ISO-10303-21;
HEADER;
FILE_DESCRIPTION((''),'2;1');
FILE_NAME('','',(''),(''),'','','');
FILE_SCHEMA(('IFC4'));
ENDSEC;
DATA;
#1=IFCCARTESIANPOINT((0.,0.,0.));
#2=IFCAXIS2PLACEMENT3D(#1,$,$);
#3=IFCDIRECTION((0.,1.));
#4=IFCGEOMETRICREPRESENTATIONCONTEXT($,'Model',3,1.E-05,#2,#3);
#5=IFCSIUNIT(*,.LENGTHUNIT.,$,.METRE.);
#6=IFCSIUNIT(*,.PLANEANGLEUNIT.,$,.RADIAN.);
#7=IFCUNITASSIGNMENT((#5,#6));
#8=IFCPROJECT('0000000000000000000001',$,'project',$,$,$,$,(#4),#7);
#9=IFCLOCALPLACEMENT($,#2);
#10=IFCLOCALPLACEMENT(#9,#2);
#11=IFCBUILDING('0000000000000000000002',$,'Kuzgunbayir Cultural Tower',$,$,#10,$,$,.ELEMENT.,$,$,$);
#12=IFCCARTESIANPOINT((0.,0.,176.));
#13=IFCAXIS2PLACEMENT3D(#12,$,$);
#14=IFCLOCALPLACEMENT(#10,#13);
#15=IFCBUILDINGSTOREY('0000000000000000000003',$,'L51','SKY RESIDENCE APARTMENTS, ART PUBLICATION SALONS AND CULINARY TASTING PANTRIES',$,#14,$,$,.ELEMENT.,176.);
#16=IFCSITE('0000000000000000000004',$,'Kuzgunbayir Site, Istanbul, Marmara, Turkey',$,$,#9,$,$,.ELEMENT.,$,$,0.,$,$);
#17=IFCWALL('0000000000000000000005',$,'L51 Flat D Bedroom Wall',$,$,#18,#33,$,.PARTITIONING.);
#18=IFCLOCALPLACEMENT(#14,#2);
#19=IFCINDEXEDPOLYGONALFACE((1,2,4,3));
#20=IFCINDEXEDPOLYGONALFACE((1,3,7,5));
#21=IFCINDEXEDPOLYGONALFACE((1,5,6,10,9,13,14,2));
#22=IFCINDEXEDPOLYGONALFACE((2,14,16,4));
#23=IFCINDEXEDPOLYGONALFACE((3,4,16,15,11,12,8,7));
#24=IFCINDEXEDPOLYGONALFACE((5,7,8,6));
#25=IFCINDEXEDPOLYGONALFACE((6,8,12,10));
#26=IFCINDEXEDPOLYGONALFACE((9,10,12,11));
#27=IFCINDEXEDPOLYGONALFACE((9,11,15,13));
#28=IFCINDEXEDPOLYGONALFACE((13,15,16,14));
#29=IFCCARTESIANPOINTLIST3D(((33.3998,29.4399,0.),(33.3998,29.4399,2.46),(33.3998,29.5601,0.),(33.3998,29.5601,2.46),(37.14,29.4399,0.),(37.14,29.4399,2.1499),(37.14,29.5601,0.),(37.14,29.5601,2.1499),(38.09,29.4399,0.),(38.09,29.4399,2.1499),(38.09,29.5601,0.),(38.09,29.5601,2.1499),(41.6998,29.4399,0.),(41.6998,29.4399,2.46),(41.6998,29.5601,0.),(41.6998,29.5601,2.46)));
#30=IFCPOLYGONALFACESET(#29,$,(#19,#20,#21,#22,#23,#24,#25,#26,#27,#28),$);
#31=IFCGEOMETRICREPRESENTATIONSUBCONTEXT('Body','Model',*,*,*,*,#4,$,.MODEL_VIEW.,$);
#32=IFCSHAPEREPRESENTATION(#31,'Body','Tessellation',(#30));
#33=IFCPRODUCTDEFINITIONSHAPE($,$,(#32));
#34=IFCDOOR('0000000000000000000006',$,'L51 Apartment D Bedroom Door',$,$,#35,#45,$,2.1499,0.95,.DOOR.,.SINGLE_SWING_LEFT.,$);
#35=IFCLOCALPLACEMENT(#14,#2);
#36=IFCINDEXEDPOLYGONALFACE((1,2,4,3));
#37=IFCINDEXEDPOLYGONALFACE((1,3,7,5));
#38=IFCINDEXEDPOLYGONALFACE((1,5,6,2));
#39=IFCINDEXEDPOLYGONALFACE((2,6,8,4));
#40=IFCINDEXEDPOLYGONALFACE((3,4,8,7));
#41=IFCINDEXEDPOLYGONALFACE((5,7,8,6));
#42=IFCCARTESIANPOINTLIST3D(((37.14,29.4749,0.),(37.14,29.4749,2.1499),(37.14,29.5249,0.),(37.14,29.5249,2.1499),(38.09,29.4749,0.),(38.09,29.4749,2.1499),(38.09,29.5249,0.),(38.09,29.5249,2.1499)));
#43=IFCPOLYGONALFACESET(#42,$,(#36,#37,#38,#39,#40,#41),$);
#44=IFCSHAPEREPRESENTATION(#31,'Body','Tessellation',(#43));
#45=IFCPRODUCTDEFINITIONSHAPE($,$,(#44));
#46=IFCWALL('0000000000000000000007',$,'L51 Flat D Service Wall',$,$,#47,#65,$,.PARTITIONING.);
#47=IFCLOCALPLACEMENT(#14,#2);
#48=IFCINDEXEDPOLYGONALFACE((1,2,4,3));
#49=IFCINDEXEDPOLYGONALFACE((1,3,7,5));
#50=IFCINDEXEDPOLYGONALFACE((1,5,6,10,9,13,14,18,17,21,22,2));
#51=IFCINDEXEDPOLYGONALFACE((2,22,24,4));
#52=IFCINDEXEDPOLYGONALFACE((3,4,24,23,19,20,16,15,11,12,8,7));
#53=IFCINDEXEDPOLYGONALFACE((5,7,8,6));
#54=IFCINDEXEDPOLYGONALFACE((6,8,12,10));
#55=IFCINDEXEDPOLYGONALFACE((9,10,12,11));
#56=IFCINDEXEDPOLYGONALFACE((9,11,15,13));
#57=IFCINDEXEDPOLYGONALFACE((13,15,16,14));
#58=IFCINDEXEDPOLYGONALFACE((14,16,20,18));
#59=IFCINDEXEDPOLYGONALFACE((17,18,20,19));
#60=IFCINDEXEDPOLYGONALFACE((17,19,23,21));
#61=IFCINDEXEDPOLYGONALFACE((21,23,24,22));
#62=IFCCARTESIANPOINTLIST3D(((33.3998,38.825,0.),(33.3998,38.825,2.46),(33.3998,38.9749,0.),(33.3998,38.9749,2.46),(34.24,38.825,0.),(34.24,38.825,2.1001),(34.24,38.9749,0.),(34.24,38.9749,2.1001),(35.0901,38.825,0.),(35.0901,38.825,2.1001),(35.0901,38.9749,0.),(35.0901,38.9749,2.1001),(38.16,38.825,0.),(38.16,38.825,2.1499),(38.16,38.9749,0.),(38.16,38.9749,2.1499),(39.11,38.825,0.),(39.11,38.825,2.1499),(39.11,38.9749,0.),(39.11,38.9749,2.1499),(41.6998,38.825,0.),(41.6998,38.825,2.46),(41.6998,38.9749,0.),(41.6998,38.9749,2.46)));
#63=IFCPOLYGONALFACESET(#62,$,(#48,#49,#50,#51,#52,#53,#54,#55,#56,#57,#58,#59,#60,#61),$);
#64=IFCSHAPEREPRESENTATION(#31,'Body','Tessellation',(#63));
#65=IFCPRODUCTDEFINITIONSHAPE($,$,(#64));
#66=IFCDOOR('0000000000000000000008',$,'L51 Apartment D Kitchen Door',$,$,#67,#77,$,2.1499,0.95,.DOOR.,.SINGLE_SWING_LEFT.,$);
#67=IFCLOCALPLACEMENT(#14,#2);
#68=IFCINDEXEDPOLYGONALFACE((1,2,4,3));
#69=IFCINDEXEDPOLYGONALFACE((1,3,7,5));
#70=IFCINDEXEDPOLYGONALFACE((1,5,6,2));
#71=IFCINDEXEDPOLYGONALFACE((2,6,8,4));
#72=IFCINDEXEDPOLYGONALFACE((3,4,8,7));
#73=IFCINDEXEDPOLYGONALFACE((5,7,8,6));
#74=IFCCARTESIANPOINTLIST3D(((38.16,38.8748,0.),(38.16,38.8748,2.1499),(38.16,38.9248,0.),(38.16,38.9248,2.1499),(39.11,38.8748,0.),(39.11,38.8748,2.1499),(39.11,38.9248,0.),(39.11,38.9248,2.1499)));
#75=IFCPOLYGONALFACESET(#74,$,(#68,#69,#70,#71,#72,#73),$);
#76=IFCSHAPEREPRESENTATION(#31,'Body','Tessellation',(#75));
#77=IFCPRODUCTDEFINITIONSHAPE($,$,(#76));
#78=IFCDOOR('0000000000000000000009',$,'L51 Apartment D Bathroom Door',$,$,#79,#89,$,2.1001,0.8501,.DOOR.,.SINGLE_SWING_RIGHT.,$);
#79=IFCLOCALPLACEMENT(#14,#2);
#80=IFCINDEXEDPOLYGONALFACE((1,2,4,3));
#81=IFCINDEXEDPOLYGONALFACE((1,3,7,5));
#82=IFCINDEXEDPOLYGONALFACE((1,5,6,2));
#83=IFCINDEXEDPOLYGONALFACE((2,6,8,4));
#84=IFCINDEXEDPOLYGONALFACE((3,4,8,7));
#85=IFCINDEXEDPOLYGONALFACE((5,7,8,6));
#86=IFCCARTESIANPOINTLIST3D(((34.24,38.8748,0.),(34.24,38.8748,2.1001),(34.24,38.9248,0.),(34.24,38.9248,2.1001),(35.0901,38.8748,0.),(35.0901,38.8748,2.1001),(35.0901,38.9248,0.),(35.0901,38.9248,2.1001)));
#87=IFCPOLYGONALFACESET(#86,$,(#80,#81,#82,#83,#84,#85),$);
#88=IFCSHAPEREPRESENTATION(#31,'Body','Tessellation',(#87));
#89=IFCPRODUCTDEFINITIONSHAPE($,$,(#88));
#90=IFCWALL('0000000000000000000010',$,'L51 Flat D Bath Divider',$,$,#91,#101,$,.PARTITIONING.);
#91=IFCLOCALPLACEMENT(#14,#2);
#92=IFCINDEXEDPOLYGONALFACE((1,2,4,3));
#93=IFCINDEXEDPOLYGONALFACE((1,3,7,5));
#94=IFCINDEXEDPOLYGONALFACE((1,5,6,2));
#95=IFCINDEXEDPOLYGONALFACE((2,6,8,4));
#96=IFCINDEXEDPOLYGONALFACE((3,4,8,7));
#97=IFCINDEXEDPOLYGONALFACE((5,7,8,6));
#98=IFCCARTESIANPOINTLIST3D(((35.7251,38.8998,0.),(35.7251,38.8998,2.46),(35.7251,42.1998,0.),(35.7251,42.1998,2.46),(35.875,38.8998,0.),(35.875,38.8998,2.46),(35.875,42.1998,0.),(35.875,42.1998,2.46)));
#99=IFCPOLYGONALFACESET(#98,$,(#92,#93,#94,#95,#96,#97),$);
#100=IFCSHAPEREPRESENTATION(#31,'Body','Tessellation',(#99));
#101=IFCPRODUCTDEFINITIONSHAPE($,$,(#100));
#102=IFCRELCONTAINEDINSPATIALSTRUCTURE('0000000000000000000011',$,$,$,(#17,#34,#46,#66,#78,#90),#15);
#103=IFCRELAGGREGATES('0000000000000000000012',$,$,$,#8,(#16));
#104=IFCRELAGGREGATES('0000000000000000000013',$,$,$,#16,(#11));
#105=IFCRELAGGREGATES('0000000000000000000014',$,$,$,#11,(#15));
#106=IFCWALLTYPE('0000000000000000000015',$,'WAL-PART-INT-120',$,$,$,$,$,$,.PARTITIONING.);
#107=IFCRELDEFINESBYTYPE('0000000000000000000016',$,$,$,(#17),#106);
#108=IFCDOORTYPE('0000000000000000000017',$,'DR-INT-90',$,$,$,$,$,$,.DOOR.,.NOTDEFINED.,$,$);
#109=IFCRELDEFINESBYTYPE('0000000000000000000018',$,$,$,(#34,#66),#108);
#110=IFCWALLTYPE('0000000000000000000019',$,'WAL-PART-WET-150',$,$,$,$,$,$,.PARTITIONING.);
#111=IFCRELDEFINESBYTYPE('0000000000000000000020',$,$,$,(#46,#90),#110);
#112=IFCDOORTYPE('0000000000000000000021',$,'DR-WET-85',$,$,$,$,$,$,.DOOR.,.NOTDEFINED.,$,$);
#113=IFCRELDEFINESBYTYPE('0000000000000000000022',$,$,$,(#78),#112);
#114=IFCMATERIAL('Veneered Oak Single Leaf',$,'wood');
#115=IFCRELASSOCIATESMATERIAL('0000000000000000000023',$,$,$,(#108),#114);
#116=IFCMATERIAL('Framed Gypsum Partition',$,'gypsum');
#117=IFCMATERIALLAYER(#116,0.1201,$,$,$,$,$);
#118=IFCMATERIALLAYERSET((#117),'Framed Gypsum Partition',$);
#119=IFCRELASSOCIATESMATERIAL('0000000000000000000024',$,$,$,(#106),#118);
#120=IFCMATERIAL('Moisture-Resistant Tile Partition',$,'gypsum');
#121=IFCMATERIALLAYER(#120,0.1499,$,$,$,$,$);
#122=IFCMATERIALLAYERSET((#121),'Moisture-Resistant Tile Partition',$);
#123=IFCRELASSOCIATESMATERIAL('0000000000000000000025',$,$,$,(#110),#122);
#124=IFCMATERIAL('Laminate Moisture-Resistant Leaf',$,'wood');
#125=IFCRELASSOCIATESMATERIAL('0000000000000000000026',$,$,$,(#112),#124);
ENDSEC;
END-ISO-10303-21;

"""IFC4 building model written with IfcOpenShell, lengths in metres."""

from ifc_helpers import new_model, si_unit, direction, frame, frame_2d, origin, place, context, subcontext, project, spatial, rectangle, extrude, material, layer, layer_set, type_object, element, fill, save


model = new_model("IFC4")

# Units and contexts
model_context = context("Model", 3, precision=1e-05, world=origin(), true_north=direction((0.0, 1.0)))
body_context = subcontext(model_context, "Body", "Model", "MODEL_VIEW")
ifc_project = project(units=[si_unit("LENGTHUNIT", "METRE"), si_unit("PLANEANGLEUNIT", "RADIAN")], contexts=[model_context])

# Site, building, storey
site_placement = place(None, origin())
site = spatial("IfcSite", under=ifc_project, at=site_placement, Name="Kuzgunbayir Site, Istanbul, Marmara, Turkey", CompositionType="ELEMENT", RefElevation=0.0)
building_placement = place(site_placement, origin())
building = spatial("IfcBuilding", under=site, at=building_placement, Name="Kuzgunbayir Cultural Tower", CompositionType="ELEMENT")
storey_placement = place(building_placement, frame((0.0, 0.0, 176.0)))
storey = spatial("IfcBuildingStorey", under=building, at=storey_placement, Name="L51", Description="SKY RESIDENCE APARTMENTS, ART PUBLICATION SALONS AND CULINARY TASTING PANTRIES", CompositionType="ELEMENT", Elevation=176.0)

# Shared definitions
ifc_material_1 = material(Name="Veneered Oak Single Leaf", Category="wood")
door_type_1 = type_object("IfcDoorType", Name="DR-INT-90", OperationType="NOTDEFINED", PredefinedType="DOOR", material=ifc_material_1)

# Wall, opening, door
ifc_material_2 = material(Name="Framed Gypsum Partition", Category="gypsum")
ifc_layer_1 = layer(ifc_material_2, 0.1201)
ifc_layer_set_1 = layer_set([ifc_layer_1], Name="Framed Gypsum Partition")
wall_type_1 = type_object("IfcWallType", Name="WAL-PART-INT-120", PredefinedType="PARTITIONING", material=ifc_layer_set_1)
wall_1_placement = place(storey_placement, frame((33.3999, 29.5, 0.0), z_axis=(0.0, 0.0, 1.0), x_axis=(1.0, 0.0, 0.0)))
wall_1 = element("IfcWall", 1, at=wall_1_placement, inside=storey, type_object=wall_type_1, Name="L51 Flat D Bedroom Wall", PredefinedType="PARTITIONING", context=body_context, shape_type="SweptSolid", body=[
    extrude(rectangle(XDim=8.3, YDim=0.1201, at=frame_2d((4.1499, 0.0))), origin(), (0.0, 0.0, 1.0), 2.46),
])
opening_1_placement = place(wall_1_placement, frame((3.74, 0.0, 0.0)))
opening_1 = element("IfcOpeningElement", 2, at=opening_1_placement, cuts=wall_1, PredefinedType="OPENING", context=body_context, shape_type="SweptSolid", body=[
    extrude(rectangle(XDim=0.95, YDim=2.1499, at=frame_2d((0.4751, 1.075))), frame((0.0, 0.0701, 0.0), z_axis=(0.0, -1.0, 0.0), x_axis=(1.0, 0.0, 0.0)), (0.0, 0.0, 1.0), 0.1401),
])
door_1_placement = place(opening_1_placement, origin())
door_1 = element("IfcDoor", 3, at=door_1_placement, inside=storey, type_object=door_type_1, Name="L51 Apartment D Bedroom Door", OperationType="SINGLE_SWING_LEFT", OverallHeight=2.1499, OverallWidth=0.95, PredefinedType="DOOR", context=body_context, shape_type="SweptSolid", body=[
    extrude(rectangle(XDim=0.95, YDim=2.1499, at=frame_2d((0.4751, 1.075))), frame((0.0, 0.0249, 0.0), z_axis=(0.0, -1.0, 0.0), x_axis=(1.0, 0.0, 0.0)), (0.0, 0.0, 1.0), 0.05),
])
fill(opening_1, door_1)

# Wall, openings, doors
ifc_material_3 = material(Name="Moisture-Resistant Tile Partition", Category="gypsum")
ifc_layer_2 = layer(ifc_material_3, 0.1499)
ifc_layer_set_2 = layer_set([ifc_layer_2], Name="Moisture-Resistant Tile Partition")
wall_type_2 = type_object("IfcWallType", Name="WAL-PART-WET-150", PredefinedType="PARTITIONING", material=ifc_layer_set_2)
wall_2_placement = place(storey_placement, frame((33.3999, 38.8999, 0.0), z_axis=(0.0, 0.0, 1.0), x_axis=(1.0, 0.0, 0.0)))
wall_2 = element("IfcWall", 4, at=wall_2_placement, inside=storey, type_object=wall_type_2, Name="L51 Flat D Service Wall", PredefinedType="PARTITIONING", context=body_context, shape_type="SweptSolid", body=[
    extrude(rectangle(XDim=8.3, YDim=0.1499, at=frame_2d((4.1499, 0.0))), origin(), (0.0, 0.0, 1.0), 2.46),
])
opening_2_placement = place(wall_2_placement, frame((0.8401, 0.0, 0.0)))
opening_2 = element("IfcOpeningElement", 5, at=opening_2_placement, cuts=wall_2, PredefinedType="OPENING", context=body_context, shape_type="SweptSolid", body=[
    extrude(rectangle(XDim=0.8501, YDim=2.1001, at=frame_2d((0.425, 1.05))), frame((0.0, 0.085, 0.0), z_axis=(0.0, -1.0, 0.0), x_axis=(1.0, 0.0, 0.0)), (0.0, 0.0, 1.0), 0.1699),
])
opening_3_placement = place(wall_2_placement, frame((4.76, 0.0, 0.0)))
opening_3 = element("IfcOpeningElement", 6, at=opening_3_placement, cuts=wall_2, PredefinedType="OPENING", context=body_context, shape_type="SweptSolid", body=[
    extrude(rectangle(XDim=0.95, YDim=2.1499, at=frame_2d((0.4751, 1.075))), frame((0.0, 0.085, 0.0), z_axis=(0.0, -1.0, 0.0), x_axis=(1.0, 0.0, 0.0)), (0.0, 0.0, 1.0), 0.1699),
])
door_2_placement = place(opening_3_placement, origin())
door_2 = element("IfcDoor", 7, at=door_2_placement, inside=storey, type_object=door_type_1, Name="L51 Apartment D Kitchen Door", OperationType="SINGLE_SWING_LEFT", OverallHeight=2.1499, OverallWidth=0.95, PredefinedType="DOOR", context=body_context, shape_type="SweptSolid", body=[
    extrude(rectangle(XDim=0.95, YDim=2.1499, at=frame_2d((0.4751, 1.075))), frame((0.0, 0.0249, 0.0), z_axis=(0.0, -1.0, 0.0), x_axis=(1.0, 0.0, 0.0)), (0.0, 0.0, 1.0), 0.05),
])
fill(opening_3, door_2)
ifc_material_4 = material(Name="Laminate Moisture-Resistant Leaf", Category="wood")
door_type_2 = type_object("IfcDoorType", Name="DR-WET-85", OperationType="NOTDEFINED", PredefinedType="DOOR", material=ifc_material_4)
door_3_placement = place(opening_2_placement, origin())
door_3 = element("IfcDoor", 8, at=door_3_placement, inside=storey, type_object=door_type_2, Name="L51 Apartment D Bathroom Door", OperationType="SINGLE_SWING_RIGHT", OverallHeight=2.1001, OverallWidth=0.8501, PredefinedType="DOOR", context=body_context, shape_type="SweptSolid", body=[
    extrude(rectangle(XDim=0.8501, YDim=2.1001, at=frame_2d((0.425, 1.05))), frame((0.0, 0.0249, 0.0), z_axis=(0.0, -1.0, 0.0), x_axis=(1.0, 0.0, 0.0)), (0.0, 0.0, 1.0), 0.05),
])
fill(opening_2, door_3)

# Wall
wall_3_placement = place(storey_placement, frame((35.8, 38.8999, 0.0), z_axis=(0.0, 0.0, 1.0), x_axis=(0.0, 1.0, 0.0)))
element("IfcWall", 9, at=wall_3_placement, inside=storey, type_object=wall_type_2, Name="L51 Flat D Bath Divider", PredefinedType="PARTITIONING", context=body_context, shape_type="SweptSolid", body=[
    extrude(rectangle(XDim=3.3, YDim=0.1499, at=frame_2d((1.6499, 0.0))), origin(), (0.0, 0.0, 1.0), 2.46),
])

save(model, "model.ifc")
